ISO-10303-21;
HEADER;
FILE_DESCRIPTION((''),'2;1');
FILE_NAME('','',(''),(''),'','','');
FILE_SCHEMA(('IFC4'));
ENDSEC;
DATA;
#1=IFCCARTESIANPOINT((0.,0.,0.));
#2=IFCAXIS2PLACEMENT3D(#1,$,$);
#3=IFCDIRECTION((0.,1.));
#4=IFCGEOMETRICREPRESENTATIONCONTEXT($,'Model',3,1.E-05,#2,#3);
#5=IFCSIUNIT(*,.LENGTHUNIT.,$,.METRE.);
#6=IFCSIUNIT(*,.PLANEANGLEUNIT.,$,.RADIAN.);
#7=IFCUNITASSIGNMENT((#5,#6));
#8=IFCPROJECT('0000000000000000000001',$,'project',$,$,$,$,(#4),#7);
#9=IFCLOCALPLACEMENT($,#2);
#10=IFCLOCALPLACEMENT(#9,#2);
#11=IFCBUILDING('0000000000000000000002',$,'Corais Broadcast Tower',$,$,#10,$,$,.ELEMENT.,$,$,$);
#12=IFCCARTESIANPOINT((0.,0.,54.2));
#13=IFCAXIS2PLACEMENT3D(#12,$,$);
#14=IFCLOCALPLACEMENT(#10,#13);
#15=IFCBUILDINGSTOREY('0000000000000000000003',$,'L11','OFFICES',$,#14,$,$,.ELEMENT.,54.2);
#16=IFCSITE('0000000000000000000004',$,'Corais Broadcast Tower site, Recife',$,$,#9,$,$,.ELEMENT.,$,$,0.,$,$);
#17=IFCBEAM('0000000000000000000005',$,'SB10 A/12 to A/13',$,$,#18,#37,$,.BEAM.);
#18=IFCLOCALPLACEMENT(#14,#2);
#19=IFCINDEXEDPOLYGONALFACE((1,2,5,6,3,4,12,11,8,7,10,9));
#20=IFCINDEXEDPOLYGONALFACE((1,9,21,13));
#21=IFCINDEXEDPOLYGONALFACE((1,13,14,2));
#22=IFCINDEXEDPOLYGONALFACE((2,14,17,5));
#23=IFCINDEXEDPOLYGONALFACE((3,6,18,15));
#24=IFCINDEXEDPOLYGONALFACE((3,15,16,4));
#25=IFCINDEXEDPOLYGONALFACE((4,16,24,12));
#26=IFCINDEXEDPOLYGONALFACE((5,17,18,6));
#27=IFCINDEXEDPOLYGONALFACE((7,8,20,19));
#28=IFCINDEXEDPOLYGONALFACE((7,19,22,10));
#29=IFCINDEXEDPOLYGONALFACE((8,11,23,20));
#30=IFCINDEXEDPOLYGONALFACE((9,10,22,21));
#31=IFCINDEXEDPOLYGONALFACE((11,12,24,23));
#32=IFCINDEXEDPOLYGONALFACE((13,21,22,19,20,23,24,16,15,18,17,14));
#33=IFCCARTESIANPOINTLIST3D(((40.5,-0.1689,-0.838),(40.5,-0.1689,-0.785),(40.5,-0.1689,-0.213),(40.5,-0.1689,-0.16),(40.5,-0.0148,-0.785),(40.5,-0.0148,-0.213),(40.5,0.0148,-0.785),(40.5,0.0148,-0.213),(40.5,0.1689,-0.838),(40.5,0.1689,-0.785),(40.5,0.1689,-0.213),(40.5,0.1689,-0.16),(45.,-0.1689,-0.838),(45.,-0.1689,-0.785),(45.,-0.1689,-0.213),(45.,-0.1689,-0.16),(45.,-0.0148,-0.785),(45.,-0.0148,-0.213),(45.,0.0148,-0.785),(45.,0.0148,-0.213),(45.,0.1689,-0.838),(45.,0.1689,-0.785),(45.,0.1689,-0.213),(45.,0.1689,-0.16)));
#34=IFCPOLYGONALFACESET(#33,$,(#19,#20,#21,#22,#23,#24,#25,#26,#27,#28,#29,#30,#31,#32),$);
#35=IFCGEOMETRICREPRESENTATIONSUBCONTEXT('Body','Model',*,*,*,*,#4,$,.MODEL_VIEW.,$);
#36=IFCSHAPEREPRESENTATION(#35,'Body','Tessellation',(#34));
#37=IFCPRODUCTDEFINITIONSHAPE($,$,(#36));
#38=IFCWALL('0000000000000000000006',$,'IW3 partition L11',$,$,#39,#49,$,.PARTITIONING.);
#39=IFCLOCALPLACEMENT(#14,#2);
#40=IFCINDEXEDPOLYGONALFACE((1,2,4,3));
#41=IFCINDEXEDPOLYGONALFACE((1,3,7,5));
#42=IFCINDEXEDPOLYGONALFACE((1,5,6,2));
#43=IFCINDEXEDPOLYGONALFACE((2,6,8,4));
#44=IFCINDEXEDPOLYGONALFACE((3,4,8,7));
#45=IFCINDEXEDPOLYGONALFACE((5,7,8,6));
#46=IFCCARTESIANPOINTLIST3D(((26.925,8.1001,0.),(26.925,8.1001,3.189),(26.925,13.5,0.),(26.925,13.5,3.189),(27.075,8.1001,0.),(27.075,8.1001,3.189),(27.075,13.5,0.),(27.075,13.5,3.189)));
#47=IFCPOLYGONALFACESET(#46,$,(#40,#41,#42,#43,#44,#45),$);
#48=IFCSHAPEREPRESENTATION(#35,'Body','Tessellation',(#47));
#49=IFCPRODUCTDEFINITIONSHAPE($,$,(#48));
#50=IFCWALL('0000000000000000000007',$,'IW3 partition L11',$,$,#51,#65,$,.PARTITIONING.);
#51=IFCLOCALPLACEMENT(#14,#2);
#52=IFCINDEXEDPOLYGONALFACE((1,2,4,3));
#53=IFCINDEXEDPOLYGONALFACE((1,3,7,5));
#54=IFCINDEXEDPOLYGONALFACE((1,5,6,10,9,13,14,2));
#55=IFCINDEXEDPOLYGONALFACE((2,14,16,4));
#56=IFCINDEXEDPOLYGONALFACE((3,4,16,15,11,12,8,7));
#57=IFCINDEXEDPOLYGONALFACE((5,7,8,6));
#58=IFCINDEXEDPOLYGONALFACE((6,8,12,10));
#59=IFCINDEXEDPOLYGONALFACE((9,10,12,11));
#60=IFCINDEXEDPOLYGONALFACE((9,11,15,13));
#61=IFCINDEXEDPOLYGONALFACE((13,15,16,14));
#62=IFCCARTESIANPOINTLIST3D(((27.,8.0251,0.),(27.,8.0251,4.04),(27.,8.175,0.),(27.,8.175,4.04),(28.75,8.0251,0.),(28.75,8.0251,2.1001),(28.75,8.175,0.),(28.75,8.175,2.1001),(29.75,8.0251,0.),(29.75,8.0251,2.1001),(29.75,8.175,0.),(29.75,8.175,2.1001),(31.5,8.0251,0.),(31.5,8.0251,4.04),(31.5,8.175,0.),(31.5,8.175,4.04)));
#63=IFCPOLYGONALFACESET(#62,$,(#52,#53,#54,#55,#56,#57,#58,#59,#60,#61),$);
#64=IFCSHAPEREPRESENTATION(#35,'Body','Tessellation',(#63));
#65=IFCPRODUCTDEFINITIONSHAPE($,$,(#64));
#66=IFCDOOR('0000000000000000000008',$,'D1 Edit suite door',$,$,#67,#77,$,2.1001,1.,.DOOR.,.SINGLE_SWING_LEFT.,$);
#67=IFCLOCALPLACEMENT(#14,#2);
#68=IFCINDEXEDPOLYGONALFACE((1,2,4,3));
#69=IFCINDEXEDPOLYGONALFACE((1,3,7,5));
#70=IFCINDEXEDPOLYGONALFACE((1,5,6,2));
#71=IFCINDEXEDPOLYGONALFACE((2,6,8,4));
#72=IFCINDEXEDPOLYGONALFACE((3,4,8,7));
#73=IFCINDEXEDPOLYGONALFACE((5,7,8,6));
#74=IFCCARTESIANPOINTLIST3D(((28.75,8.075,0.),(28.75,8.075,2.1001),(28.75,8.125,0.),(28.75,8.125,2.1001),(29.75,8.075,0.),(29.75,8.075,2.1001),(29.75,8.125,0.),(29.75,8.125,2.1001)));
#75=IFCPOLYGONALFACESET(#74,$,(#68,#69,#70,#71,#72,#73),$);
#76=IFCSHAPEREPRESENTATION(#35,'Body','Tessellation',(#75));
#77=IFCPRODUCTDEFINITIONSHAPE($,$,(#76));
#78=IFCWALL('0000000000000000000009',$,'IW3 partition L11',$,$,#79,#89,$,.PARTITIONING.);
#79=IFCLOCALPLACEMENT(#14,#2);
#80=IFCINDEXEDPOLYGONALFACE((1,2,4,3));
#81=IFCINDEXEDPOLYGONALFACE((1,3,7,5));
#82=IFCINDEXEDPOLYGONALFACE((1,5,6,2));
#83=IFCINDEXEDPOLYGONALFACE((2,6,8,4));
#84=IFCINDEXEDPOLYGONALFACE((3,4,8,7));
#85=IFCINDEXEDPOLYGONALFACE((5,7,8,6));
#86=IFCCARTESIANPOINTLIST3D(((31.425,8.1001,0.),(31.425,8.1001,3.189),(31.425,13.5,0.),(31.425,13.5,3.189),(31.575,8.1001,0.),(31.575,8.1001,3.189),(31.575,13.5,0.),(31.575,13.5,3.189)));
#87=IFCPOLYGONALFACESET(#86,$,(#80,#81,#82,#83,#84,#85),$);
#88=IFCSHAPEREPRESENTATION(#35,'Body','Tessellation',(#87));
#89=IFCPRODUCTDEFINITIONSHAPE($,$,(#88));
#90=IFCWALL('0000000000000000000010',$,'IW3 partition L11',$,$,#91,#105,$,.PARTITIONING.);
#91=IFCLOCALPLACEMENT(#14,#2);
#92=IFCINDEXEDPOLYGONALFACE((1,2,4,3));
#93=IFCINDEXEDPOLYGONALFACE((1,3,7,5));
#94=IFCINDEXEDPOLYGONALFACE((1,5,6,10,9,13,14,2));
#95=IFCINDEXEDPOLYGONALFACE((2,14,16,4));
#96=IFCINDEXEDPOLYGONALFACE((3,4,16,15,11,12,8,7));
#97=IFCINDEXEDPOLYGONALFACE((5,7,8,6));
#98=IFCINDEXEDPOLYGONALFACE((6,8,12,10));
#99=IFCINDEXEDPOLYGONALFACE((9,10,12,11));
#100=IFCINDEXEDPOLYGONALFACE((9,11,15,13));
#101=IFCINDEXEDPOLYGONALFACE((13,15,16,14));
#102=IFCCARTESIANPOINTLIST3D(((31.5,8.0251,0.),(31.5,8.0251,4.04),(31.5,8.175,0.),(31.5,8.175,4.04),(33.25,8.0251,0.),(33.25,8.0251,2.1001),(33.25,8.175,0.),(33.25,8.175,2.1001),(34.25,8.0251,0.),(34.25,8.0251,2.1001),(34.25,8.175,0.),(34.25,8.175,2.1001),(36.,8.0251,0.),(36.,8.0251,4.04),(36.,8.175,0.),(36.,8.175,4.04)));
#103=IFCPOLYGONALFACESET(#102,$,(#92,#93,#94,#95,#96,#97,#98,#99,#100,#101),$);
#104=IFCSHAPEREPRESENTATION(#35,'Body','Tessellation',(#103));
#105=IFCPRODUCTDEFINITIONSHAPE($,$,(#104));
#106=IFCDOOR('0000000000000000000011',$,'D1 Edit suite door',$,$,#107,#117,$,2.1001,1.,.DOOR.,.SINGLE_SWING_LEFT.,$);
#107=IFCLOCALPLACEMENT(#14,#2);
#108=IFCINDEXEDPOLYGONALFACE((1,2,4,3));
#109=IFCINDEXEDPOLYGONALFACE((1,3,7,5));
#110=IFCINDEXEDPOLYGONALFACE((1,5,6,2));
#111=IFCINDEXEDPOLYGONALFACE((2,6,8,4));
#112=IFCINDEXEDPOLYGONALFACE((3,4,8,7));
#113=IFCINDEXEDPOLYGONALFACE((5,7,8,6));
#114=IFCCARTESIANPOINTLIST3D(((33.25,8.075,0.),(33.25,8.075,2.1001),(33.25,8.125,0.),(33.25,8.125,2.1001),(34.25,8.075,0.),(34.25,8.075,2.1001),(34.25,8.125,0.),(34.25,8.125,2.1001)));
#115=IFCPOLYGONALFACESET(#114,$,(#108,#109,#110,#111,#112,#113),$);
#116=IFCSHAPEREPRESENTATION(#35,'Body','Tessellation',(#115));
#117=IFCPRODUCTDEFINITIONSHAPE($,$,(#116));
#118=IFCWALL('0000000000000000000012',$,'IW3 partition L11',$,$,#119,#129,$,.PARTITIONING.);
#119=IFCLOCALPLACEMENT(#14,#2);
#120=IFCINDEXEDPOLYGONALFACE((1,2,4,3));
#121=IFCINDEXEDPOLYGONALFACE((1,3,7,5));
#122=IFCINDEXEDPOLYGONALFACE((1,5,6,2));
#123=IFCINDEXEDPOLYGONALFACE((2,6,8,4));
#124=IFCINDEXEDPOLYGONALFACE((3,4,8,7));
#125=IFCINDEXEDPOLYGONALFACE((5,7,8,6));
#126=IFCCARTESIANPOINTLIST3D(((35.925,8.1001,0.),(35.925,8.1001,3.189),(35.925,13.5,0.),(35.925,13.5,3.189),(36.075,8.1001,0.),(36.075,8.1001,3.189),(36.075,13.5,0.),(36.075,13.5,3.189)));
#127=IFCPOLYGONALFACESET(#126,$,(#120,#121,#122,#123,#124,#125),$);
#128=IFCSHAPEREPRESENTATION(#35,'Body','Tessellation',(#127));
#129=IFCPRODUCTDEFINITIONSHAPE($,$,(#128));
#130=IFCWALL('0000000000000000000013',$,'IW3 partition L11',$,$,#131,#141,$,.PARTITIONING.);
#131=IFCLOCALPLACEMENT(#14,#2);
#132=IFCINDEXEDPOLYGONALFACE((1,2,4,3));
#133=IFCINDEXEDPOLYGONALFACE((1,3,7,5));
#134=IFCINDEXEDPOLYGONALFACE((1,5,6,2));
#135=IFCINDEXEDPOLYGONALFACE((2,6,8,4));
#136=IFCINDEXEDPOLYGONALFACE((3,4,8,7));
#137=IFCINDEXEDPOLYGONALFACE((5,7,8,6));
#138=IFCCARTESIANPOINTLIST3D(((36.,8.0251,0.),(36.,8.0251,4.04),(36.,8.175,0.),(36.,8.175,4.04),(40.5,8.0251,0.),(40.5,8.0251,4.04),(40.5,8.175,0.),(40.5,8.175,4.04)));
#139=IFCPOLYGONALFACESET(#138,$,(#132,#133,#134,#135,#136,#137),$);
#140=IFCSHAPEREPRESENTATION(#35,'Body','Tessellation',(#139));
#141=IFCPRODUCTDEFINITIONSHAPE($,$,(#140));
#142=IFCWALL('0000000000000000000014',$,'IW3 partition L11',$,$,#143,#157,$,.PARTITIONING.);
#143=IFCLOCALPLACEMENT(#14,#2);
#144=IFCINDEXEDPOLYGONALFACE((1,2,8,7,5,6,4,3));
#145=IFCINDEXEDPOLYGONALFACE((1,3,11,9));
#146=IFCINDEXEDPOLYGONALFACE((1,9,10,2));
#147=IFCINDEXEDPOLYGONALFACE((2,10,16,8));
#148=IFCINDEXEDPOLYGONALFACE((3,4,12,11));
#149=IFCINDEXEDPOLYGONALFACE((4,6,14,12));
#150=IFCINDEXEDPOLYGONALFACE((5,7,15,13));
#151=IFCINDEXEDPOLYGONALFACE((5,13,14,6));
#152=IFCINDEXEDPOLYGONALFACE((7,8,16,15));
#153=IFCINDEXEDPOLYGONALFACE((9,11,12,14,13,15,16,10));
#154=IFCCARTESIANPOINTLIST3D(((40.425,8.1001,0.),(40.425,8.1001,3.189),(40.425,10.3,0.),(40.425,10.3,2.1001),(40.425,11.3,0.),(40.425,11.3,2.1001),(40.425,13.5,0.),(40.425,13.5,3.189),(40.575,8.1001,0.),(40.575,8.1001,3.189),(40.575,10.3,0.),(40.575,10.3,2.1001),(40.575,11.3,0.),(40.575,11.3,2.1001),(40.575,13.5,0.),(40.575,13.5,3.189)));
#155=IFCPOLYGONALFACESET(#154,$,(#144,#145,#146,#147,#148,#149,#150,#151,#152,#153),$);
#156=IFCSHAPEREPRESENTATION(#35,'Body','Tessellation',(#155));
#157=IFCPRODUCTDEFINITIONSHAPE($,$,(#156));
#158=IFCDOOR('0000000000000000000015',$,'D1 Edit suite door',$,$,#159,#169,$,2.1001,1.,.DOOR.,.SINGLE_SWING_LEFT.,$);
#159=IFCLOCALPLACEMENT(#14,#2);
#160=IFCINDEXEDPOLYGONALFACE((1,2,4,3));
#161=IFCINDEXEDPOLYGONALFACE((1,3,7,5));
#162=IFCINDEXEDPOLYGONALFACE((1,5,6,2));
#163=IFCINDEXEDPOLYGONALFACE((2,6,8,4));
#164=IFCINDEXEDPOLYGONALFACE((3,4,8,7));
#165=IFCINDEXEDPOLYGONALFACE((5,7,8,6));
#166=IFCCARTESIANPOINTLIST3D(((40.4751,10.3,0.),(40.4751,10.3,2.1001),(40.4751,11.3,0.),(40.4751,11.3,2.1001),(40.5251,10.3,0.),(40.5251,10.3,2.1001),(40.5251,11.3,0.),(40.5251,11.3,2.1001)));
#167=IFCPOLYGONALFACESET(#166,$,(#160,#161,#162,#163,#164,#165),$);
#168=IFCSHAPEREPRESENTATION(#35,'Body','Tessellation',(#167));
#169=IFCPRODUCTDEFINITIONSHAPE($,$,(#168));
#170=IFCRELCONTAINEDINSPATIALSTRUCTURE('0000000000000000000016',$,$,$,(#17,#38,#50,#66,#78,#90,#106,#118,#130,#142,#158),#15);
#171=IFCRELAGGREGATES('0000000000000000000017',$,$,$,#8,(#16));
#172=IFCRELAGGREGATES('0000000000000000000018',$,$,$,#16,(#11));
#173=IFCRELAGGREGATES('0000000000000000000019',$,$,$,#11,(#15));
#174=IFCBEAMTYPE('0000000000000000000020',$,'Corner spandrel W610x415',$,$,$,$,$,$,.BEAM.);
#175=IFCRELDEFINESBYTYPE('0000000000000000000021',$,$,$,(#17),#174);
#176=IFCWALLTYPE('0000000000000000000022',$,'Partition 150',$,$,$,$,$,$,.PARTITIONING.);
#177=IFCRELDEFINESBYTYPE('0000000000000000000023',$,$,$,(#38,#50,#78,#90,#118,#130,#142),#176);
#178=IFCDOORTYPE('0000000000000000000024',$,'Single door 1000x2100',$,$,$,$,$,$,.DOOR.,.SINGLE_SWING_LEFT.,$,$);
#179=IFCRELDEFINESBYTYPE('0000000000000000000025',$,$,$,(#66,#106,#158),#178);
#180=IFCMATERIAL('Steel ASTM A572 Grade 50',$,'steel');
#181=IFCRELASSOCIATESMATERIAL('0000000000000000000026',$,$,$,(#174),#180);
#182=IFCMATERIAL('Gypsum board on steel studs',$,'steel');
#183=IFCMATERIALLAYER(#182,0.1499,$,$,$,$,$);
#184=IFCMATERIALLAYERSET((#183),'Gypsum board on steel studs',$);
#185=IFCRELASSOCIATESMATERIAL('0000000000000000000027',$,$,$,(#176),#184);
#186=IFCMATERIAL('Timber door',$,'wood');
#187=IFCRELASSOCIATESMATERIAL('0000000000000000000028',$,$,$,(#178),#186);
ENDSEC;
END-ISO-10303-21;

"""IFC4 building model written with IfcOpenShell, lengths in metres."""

from ifc_helpers import new_model, si_unit, direction, frame, frame_2d, origin, origin_2d, place, context, subcontext, project, spatial, rectangle, i_section, extrude, material, layer, layer_set, material_profile, profile_set, type_object, element, fill, save


model = new_model("IFC4")

# Units and contexts
model_context = context("Model", 3, precision=1e-05, world=origin(), true_north=direction((0.0, 1.0)))
body_context = subcontext(model_context, "Body", "Model", "MODEL_VIEW")
ifc_project = project(units=[si_unit("LENGTHUNIT", "METRE"), si_unit("PLANEANGLEUNIT", "RADIAN")], contexts=[model_context])

# Site, building, storey
site_placement = place(None, origin())
site = spatial("IfcSite", under=ifc_project, at=site_placement, Name="Corais Broadcast Tower site, Recife", CompositionType="ELEMENT", RefElevation=0.0)
building_placement = place(site_placement, origin())
building = spatial("IfcBuilding", under=site, at=building_placement, Name="Corais Broadcast Tower", CompositionType="ELEMENT")
storey_placement = place(building_placement, frame((0.0, 0.0, 54.2)))
storey = spatial("IfcBuildingStorey", under=building, at=storey_placement, Name="L11", Description="OFFICES", CompositionType="ELEMENT", Elevation=54.2)

# Beam
ifc_material_1 = material(Name="Steel ASTM A572 Grade 50", Category="steel")
ifc_material_profile = material_profile(ifc_material_1, i_section(OverallWidth=0.3379, OverallDepth=0.678, WebThickness=0.0295, FlangeThickness=0.053, at=origin_2d()), Name="W610x415")
ifc_profile_set = profile_set([ifc_material_profile], Name="Steel ASTM A572 Grade 50")
beam_type = type_object("IfcBeamType", Name="Corner spandrel W610x415", PredefinedType="BEAM", material=ifc_profile_set)
beam_placement = place(storey_placement, frame((40.5, 0.0, -0.499), z_axis=(1.0, 0.0, 0.0), x_axis=(0.0, 1.0, 0.0)))
element("IfcBeam", 1, at=beam_placement, inside=storey, type_object=beam_type, Name="SB10 A/12 to A/13", PredefinedType="BEAM", context=body_context, shape_type="SweptSolid", body=[
    extrude(i_section(OverallWidth=0.3379, OverallDepth=0.678, WebThickness=0.0295, FlangeThickness=0.053, at=origin_2d()), origin(), (0.0, 0.0, 1.0), 4.5),
])

# Wall
ifc_material_2 = material(Name="Gypsum board on steel studs", Category="steel")
ifc_layer_1 = layer(ifc_material_2, 0.1499)
ifc_layer_set_1 = layer_set([ifc_layer_1], Name="Gypsum board on steel studs")
wall_type_1 = type_object("IfcWallType", Name="Partition 150", PredefinedType="PARTITIONING", material=ifc_layer_set_1)
wall_1_placement = place(storey_placement, frame((27.0, 8.1001, 0.0), z_axis=(0.0, 0.0, 1.0), x_axis=(0.0, 1.0, 0.0)))
element("IfcWall", 2, at=wall_1_placement, inside=storey, type_object=wall_type_1, Name="IW3 partition L11", PredefinedType="PARTITIONING", context=body_context, shape_type="SweptSolid", body=[
    extrude(rectangle(XDim=5.3999, YDim=0.1499, at=frame_2d((2.7, 0.0))), origin(), (0.0, 0.0, 1.0), 3.189),
])

# Wall, opening, door
wall_2_placement = place(storey_placement, frame((27.0, 8.1001, 0.0), z_axis=(0.0, 0.0, 1.0), x_axis=(1.0, 0.0, 0.0)))
wall_2 = element("IfcWall", 3, at=wall_2_placement, inside=storey, type_object=wall_type_1, Name="IW3 partition L11", PredefinedType="PARTITIONING", context=body_context, shape_type="SweptSolid", body=[
    extrude(rectangle(XDim=4.5, YDim=0.1499, at=frame_2d((2.25, 0.0))), origin(), (0.0, 0.0, 1.0), 4.04),
])
opening_1_placement = place(wall_2_placement, frame((1.75, 0.0, 0.0)))
opening_1 = element("IfcOpeningElement", 4, at=opening_1_placement, cuts=wall_2, PredefinedType="OPENING", context=body_context, shape_type="SweptSolid", body=[
    extrude(rectangle(XDim=1.0, YDim=2.1001, at=frame_2d((0.5, 1.05))), frame((0.0, 0.085, 0.0), z_axis=(0.0, -1.0, 0.0), x_axis=(1.0, 0.0, 0.0)), (0.0, 0.0, 1.0), 0.1699),
])
ifc_material_3 = material(Name="Timber door", Category="wood")
door_type = type_object("IfcDoorType", Name="Single door 1000x2100", OperationType="SINGLE_SWING_LEFT", PredefinedType="DOOR", material=ifc_material_3)
door_1_placement = place(opening_1_placement, origin())
door_1 = element("IfcDoor", 5, at=door_1_placement, inside=storey, type_object=door_type, Name="D1 Edit suite door", OperationType="SINGLE_SWING_LEFT", OverallHeight=2.1001, OverallWidth=1.0, PredefinedType="DOOR", context=body_context, shape_type="SweptSolid", body=[
    extrude(rectangle(XDim=1.0, YDim=2.1001, at=frame_2d((0.5, 1.05))), frame((0.0, 0.0249, 0.0), z_axis=(0.0, -1.0, 0.0), x_axis=(1.0, 0.0, 0.0)), (0.0, 0.0, 1.0), 0.05),
])
fill(opening_1, door_1)

# Wall
wall_3_placement = place(storey_placement, frame((31.5, 8.1001, 0.0), z_axis=(0.0, 0.0, 1.0), x_axis=(0.0, 1.0, 0.0)))
element("IfcWall", 6, at=wall_3_placement, inside=storey, type_object=wall_type_1, Name="IW3 partition L11", PredefinedType="PARTITIONING", context=body_context, shape_type="SweptSolid", body=[
    extrude(rectangle(XDim=5.3999, YDim=0.1499, at=frame_2d((2.7, 0.0))), origin(), (0.0, 0.0, 1.0), 3.189),
])

# Wall, opening, door
wall_4_placement = place(storey_placement, frame((31.5, 8.1001, 0.0), z_axis=(0.0, 0.0, 1.0), x_axis=(1.0, 0.0, 0.0)))
wall_4 = element("IfcWall", 7, at=wall_4_placement, inside=storey, type_object=wall_type_1, Name="IW3 partition L11", PredefinedType="PARTITIONING", context=body_context, shape_type="SweptSolid", body=[
    extrude(rectangle(XDim=4.5, YDim=0.1499, at=frame_2d((2.25, 0.0))), origin(), (0.0, 0.0, 1.0), 4.04),
])
opening_2_placement = place(wall_4_placement, frame((1.75, 0.0, 0.0)))
opening_2 = element("IfcOpeningElement", 8, at=opening_2_placement, cuts=wall_4, PredefinedType="OPENING", context=body_context, shape_type="SweptSolid", body=[
    extrude(rectangle(XDim=1.0, YDim=2.1001, at=frame_2d((0.5, 1.05))), frame((0.0, 0.085, 0.0), z_axis=(0.0, -1.0, 0.0), x_axis=(1.0, 0.0, 0.0)), (0.0, 0.0, 1.0), 0.1699),
])
door_2_placement = place(opening_2_placement, origin())
door_2 = element("IfcDoor", 9, at=door_2_placement, inside=storey, type_object=door_type, Name="D1 Edit suite door", OperationType="SINGLE_SWING_LEFT", OverallHeight=2.1001, OverallWidth=1.0, PredefinedType="DOOR", context=body_context, shape_type="SweptSolid", body=[
    extrude(rectangle(XDim=1.0, YDim=2.1001, at=frame_2d((0.5, 1.05))), frame((0.0, 0.0249, 0.0), z_axis=(0.0, -1.0, 0.0), x_axis=(1.0, 0.0, 0.0)), (0.0, 0.0, 1.0), 0.05),
])
fill(opening_2, door_2)

# Walls
wall_5_placement = place(storey_placement, frame((36.0, 8.1001, 0.0), z_axis=(0.0, 0.0, 1.0), x_axis=(0.0, 1.0, 0.0)))
element("IfcWall", 10, at=wall_5_placement, inside=storey, type_object=wall_type_1, Name="IW3 partition L11", PredefinedType="PARTITIONING", context=body_context, shape_type="SweptSolid", body=[
    extrude(rectangle(XDim=5.3999, YDim=0.1499, at=frame_2d((2.7, 0.0))), origin(), (0.0, 0.0, 1.0), 3.189),
])
wall_6_placement = place(storey_placement, frame((36.0, 8.1001, 0.0), z_axis=(0.0, 0.0, 1.0), x_axis=(1.0, 0.0, 0.0)))
element("IfcWall", 11, at=wall_6_placement, inside=storey, type_object=wall_type_1, Name="IW3 partition L11", PredefinedType="PARTITIONING", context=body_context, shape_type="SweptSolid", body=[
    extrude(rectangle(XDim=4.5, YDim=0.1499, at=frame_2d((2.25, 0.0))), origin(), (0.0, 0.0, 1.0), 4.04),
])

# Wall, opening, door
wall_7_placement = place(storey_placement, frame((40.5, 8.1001, 0.0), z_axis=(0.0, 0.0, 1.0), x_axis=(0.0, 1.0, 0.0)))
wall_7 = element("IfcWall", 12, at=wall_7_placement, inside=storey, type_object=wall_type_1, Name="IW3 partition L11", PredefinedType="PARTITIONING", context=body_context, shape_type="SweptSolid", body=[
    extrude(rectangle(XDim=5.3999, YDim=0.1499, at=frame_2d((2.7, 0.0))), origin(), (0.0, 0.0, 1.0), 3.189),
])
opening_3_placement = place(wall_7_placement, frame((2.2, 0.0, 0.0)))
opening_3 = element("IfcOpeningElement", 13, at=opening_3_placement, cuts=wall_7, PredefinedType="OPENING", context=body_context, shape_type="SweptSolid", body=[
    extrude(rectangle(XDim=1.0, YDim=2.1001, at=frame_2d((0.5, 1.05))), frame((0.0, 0.085, 0.0), z_axis=(0.0, -1.0, 0.0), x_axis=(1.0, 0.0, 0.0)), (0.0, 0.0, 1.0), 0.1699),
])
door_3_placement = place(opening_3_placement, origin())
door_3 = element("IfcDoor", 14, at=door_3_placement, inside=storey, type_object=door_type, Name="D1 Edit suite door", OperationType="SINGLE_SWING_LEFT", OverallHeight=2.1001, OverallWidth=1.0, PredefinedType="DOOR", context=body_context, shape_type="SweptSolid", body=[
    extrude(rectangle(XDim=1.0, YDim=2.1001, at=frame_2d((0.5, 1.05))), frame((0.0, 0.0249, 0.0), z_axis=(0.0, -1.0, 0.0), x_axis=(1.0, 0.0, 0.0)), (0.0, 0.0, 1.0), 0.05),
])
fill(opening_3, door_3)

save(model, "model.ifc")
